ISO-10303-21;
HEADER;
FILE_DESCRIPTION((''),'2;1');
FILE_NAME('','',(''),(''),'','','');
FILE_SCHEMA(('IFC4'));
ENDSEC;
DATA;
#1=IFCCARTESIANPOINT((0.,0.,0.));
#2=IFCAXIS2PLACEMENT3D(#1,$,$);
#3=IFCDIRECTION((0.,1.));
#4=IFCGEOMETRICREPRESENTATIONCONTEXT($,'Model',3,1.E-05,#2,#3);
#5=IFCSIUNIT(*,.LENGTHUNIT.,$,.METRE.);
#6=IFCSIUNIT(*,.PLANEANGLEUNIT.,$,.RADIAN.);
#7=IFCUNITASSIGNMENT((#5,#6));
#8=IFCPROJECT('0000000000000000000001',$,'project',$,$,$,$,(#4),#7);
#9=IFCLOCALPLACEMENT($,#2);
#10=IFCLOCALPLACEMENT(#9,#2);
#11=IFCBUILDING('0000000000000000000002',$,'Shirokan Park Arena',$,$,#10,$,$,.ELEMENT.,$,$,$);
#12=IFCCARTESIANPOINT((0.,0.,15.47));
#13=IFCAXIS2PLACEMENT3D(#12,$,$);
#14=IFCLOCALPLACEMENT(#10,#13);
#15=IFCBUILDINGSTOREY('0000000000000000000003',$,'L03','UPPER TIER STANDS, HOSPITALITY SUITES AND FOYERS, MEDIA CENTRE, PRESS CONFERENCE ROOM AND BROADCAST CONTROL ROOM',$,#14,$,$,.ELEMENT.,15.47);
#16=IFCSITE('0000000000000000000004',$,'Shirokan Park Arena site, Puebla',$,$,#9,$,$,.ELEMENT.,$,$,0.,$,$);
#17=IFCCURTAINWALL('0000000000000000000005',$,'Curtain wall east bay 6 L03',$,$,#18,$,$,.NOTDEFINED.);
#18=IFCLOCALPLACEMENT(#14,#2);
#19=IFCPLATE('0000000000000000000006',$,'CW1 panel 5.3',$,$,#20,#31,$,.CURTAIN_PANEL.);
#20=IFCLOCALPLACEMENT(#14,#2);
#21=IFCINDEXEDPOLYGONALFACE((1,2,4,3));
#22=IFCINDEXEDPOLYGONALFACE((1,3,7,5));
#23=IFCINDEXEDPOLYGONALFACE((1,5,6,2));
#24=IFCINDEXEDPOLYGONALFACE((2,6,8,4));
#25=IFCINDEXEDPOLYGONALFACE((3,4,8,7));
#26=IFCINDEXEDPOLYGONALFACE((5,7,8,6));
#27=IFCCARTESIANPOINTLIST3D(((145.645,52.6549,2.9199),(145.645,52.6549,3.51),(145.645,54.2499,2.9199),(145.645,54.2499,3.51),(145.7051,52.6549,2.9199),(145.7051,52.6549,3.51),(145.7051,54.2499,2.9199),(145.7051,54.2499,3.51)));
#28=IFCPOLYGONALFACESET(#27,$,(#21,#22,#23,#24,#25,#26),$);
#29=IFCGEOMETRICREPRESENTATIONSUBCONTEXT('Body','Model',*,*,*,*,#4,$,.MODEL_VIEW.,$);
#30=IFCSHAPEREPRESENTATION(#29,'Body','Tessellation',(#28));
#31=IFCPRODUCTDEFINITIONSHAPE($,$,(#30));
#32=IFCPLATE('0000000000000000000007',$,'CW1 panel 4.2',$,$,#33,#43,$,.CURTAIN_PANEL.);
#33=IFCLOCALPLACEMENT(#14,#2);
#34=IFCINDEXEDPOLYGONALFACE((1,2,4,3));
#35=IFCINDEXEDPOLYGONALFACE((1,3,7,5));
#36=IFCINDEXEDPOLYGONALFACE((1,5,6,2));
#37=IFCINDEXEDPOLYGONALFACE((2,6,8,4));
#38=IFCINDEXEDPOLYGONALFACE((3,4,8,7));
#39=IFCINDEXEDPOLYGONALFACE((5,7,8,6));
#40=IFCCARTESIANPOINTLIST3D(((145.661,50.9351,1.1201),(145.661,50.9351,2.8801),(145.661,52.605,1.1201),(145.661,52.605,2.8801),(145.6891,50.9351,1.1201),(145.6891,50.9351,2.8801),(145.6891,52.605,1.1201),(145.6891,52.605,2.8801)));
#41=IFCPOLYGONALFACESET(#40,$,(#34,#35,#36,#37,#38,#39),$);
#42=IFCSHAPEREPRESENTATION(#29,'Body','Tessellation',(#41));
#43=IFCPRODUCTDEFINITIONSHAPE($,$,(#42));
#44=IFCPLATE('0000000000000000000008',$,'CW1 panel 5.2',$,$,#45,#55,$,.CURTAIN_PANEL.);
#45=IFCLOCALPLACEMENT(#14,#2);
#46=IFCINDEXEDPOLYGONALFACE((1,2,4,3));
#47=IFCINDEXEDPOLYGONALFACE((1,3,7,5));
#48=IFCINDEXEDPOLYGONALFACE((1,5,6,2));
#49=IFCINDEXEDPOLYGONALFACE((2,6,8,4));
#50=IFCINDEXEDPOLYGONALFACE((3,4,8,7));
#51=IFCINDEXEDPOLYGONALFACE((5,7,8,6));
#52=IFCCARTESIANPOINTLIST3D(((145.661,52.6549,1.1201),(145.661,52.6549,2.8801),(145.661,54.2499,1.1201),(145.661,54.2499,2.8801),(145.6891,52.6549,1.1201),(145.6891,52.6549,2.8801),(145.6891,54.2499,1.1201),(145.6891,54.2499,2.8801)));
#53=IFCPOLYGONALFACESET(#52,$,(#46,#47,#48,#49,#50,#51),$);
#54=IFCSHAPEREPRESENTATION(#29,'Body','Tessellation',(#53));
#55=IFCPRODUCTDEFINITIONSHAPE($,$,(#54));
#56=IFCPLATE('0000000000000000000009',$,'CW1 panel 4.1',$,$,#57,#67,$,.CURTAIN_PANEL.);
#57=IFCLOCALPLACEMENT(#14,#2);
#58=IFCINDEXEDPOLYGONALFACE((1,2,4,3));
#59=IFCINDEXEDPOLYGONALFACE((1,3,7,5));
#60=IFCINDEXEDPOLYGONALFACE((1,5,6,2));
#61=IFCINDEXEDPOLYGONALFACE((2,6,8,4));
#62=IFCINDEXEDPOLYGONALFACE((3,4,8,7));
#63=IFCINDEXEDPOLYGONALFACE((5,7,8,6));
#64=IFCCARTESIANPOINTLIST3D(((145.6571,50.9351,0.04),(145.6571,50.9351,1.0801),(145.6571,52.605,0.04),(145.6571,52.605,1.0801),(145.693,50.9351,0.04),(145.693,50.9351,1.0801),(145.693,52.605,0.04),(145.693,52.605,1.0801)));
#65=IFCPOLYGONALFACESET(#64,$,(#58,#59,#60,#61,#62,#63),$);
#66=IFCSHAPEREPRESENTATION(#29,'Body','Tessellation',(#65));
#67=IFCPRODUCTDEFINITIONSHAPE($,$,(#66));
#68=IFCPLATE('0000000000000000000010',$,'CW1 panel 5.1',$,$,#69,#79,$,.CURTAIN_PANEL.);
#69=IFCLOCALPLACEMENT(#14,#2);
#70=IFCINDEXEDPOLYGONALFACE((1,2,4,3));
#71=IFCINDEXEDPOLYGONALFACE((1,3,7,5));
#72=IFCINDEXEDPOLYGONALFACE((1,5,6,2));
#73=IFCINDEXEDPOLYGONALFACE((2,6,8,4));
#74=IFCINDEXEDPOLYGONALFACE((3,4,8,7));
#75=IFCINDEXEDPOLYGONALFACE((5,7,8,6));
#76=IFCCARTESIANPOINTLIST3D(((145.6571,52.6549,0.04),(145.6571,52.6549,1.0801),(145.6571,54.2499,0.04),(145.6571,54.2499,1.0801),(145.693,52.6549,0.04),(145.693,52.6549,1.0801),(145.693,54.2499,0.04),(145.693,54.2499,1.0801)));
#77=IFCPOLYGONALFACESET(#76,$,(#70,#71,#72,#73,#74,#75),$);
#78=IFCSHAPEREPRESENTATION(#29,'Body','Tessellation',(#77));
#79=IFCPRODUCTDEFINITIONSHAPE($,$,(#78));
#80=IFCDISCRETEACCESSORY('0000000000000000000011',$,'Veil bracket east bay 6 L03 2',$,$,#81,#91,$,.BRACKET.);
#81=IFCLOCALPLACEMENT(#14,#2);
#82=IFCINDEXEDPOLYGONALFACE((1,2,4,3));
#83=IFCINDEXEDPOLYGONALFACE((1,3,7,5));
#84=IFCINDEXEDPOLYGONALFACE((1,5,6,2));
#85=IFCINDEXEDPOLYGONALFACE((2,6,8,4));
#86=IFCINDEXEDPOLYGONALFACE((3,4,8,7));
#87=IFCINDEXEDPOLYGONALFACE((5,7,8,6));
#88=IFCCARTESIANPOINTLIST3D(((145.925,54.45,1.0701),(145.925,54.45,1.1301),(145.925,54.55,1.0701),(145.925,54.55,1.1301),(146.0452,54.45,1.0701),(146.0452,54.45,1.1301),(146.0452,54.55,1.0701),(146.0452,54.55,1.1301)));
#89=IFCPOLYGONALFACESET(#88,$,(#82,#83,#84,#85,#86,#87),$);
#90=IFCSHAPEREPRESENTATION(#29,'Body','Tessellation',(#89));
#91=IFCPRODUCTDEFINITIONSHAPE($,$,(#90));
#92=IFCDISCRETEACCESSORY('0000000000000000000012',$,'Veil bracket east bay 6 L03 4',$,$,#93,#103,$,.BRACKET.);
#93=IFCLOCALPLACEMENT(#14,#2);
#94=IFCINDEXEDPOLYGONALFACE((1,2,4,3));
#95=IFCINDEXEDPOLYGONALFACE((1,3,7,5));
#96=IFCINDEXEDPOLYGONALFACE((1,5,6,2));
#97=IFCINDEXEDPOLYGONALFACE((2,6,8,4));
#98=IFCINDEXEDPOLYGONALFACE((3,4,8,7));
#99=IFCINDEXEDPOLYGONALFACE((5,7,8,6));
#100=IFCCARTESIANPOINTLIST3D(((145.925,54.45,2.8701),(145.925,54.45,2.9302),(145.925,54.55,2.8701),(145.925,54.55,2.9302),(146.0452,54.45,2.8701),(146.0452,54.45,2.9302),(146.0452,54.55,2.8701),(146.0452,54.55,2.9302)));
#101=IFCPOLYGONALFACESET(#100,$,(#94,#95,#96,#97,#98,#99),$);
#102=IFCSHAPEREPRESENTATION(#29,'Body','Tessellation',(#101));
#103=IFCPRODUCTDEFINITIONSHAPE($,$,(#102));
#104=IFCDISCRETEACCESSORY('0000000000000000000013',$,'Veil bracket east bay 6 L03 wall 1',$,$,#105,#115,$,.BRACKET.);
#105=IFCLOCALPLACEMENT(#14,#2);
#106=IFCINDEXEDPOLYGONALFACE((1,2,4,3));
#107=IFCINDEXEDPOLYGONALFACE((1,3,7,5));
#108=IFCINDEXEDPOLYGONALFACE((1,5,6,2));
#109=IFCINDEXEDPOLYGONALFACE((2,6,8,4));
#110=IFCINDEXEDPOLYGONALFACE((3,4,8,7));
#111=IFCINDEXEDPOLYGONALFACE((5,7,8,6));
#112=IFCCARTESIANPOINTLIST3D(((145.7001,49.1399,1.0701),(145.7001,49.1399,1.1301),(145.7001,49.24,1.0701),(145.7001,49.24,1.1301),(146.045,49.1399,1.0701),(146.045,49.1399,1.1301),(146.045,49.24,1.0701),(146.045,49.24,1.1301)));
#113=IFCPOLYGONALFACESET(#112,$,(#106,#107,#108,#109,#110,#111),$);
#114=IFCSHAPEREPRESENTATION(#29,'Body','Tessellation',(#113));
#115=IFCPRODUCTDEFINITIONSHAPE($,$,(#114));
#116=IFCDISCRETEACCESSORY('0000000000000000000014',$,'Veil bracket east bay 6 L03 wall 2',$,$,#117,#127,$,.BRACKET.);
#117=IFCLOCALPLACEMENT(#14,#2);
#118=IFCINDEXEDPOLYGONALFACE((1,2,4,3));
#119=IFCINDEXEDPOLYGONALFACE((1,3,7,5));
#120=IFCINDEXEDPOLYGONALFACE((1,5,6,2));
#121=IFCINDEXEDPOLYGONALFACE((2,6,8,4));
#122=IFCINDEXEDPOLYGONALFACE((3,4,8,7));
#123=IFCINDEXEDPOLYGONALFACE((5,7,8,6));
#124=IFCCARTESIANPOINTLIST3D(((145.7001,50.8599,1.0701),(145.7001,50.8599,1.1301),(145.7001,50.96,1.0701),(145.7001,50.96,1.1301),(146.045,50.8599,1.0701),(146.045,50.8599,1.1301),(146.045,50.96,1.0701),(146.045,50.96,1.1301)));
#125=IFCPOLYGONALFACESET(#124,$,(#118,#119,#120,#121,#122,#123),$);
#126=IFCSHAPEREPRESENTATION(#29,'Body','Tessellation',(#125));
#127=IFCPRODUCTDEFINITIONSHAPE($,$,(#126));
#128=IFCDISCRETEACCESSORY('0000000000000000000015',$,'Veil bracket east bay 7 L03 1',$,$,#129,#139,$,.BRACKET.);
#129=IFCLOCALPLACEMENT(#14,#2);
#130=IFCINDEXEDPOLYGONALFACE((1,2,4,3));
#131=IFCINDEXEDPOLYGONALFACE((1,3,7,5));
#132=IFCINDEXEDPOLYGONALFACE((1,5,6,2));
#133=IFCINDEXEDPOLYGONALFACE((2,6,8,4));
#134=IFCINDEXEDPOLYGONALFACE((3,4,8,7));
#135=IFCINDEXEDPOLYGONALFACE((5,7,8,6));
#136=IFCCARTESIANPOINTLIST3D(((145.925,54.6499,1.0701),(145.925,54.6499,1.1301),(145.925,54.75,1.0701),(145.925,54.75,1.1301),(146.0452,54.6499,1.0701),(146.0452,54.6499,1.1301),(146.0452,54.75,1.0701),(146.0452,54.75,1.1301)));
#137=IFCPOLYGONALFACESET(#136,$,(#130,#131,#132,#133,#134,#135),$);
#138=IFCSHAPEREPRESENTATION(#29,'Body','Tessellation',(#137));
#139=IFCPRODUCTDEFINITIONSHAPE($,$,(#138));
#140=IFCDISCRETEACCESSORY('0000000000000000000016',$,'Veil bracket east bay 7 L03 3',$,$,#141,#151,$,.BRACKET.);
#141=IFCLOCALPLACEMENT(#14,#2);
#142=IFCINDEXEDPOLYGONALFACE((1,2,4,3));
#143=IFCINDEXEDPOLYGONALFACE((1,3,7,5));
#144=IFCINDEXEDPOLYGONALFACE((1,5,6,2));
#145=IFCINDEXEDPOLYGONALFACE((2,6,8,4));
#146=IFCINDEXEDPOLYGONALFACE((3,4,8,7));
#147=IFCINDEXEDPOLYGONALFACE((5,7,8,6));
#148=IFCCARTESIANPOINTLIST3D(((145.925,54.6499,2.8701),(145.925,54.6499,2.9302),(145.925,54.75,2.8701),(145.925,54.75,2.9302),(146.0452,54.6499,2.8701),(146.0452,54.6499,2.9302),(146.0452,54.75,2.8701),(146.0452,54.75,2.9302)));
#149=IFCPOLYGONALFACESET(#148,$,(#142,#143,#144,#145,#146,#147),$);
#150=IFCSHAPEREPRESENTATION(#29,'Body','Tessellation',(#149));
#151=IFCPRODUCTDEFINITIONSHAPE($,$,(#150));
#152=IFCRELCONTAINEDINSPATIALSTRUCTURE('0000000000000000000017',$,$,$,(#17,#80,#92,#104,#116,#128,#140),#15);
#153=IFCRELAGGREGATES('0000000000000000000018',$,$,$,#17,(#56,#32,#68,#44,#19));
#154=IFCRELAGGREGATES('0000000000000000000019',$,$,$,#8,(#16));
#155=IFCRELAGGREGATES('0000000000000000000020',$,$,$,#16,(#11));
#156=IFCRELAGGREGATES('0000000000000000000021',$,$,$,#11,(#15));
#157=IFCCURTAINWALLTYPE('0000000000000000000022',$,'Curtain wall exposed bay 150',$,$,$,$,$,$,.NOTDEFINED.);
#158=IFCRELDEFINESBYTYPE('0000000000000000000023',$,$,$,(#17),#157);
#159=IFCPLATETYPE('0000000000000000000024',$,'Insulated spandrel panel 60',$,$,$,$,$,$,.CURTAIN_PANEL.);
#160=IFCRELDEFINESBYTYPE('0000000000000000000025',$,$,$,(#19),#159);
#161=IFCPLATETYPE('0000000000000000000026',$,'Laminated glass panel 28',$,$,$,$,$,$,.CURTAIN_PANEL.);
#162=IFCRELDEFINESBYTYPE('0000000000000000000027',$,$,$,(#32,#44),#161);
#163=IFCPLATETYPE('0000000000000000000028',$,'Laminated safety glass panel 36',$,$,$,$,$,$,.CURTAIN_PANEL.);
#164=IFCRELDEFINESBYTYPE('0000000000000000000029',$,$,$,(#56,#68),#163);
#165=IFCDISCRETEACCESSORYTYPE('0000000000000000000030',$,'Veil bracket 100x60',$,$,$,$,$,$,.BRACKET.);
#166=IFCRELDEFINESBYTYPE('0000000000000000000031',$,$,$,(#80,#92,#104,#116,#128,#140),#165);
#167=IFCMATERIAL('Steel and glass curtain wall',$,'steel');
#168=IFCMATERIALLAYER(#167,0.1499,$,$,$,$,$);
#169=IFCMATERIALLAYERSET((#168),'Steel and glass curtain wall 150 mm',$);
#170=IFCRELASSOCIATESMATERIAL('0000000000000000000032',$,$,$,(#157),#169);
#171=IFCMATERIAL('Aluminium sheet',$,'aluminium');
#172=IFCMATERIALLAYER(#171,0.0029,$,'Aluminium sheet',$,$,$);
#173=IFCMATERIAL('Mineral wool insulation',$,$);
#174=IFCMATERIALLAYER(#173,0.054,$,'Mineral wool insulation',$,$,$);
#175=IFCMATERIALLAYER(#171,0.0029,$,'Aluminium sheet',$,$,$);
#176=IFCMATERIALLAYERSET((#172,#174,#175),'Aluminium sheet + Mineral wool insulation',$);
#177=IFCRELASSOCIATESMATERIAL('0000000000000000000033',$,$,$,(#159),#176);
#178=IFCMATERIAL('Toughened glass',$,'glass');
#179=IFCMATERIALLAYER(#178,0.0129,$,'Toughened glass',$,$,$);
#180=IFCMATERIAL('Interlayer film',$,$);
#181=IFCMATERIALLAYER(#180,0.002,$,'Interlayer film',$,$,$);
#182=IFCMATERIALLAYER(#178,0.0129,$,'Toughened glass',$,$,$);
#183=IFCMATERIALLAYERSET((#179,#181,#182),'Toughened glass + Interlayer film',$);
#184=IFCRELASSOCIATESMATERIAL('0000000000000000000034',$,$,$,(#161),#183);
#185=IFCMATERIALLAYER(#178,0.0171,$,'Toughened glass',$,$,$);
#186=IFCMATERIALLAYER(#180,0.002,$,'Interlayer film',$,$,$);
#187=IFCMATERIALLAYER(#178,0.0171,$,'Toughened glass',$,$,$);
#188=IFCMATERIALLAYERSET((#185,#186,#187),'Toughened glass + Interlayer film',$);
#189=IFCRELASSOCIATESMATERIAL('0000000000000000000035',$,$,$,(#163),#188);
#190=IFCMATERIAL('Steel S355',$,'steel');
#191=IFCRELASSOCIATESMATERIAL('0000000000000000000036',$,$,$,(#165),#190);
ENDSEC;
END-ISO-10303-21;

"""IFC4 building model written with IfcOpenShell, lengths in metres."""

from ifc_helpers import new_model, si_unit, direction, frame, origin, origin_2d, place, context, subcontext, project, spatial, rectangle, extrude, material, layer, layer_set, type_object, element, aggregate, save


model = new_model("IFC4")

# Units and contexts
model_context = context("Model", 3, precision=1e-05, world=origin(), true_north=direction((0.0, 1.0)))
body_context = subcontext(model_context, "Body", "Model", "MODEL_VIEW")
ifc_project = project(units=[si_unit("LENGTHUNIT", "METRE"), si_unit("PLANEANGLEUNIT", "RADIAN")], contexts=[model_context])

# Site, building, storey
site_placement = place(None, origin())
site = spatial("IfcSite", under=ifc_project, at=site_placement, Name="Shirokan Park Arena site, Puebla", CompositionType="ELEMENT", RefElevation=0.0)
building_placement = place(site_placement, origin())
building = spatial("IfcBuilding", under=site, at=building_placement, Name="Shirokan Park Arena", CompositionType="ELEMENT")
storey_placement = place(building_placement, frame((0.0, 0.0, 15.47)))
storey = spatial("IfcBuildingStorey", under=building, at=storey_placement, Name="L03", Description="UPPER TIER STANDS, HOSPITALITY SUITES AND FOYERS, MEDIA CENTRE, PRESS CONFERENCE ROOM AND BROADCAST CONTROL ROOM", CompositionType="ELEMENT", Elevation=15.47)

# Curtain wall
ifc_material_1 = material(Name="Steel and glass curtain wall", Category="steel")
ifc_layer_1 = layer(ifc_material_1, 0.1499)
ifc_layer_set_1 = layer_set([ifc_layer_1], Name="Steel and glass curtain wall 150 mm")
curtain_wall_type = type_object("IfcCurtainWallType", Name="Curtain wall exposed bay 150", PredefinedType="NOTDEFINED", material=ifc_layer_set_1)
curtain_wall_1_placement = place(storey_placement, origin())
curtain_wall_1 = element("IfcCurtainWall", 1, at=curtain_wall_1_placement, inside=storey, type_object=curtain_wall_type, Name="Curtain wall east bay 6 L03", PredefinedType="NOTDEFINED")
ifc_material_2 = material(Name="Steel S355", Category="steel")

# Plates
ifc_material_3 = material(Name="Aluminium sheet", Category="aluminium")
ifc_layer_2 = layer(ifc_material_3, 0.0029, Name="Aluminium sheet")
ifc_material_4 = material(Name="Mineral wool insulation")
ifc_layer_3 = layer(ifc_material_4, 0.054, Name="Mineral wool insulation")
ifc_layer_4 = layer(ifc_material_3, 0.0029, Name="Aluminium sheet")
ifc_layer_set_2 = layer_set([ifc_layer_2, ifc_layer_3, ifc_layer_4], Name="Aluminium sheet + Mineral wool insulation")
plate_type_1 = type_object("IfcPlateType", Name="Insulated spandrel panel 60", PredefinedType="CURTAIN_PANEL", material=ifc_layer_set_2)
plate_1_placement = place(storey_placement, frame((145.675, 53.4524, 2.9199), z_axis=(0.0, 0.0, 1.0), x_axis=(0.0, 1.0, 0.0)))
plate_1 = element("IfcPlate", 2, at=plate_1_placement, type_object=plate_type_1, Name="CW1 panel 5.3", PredefinedType="CURTAIN_PANEL", context=body_context, shape_type="SweptSolid", body=[
    extrude(rectangle(XDim=1.595, YDim=0.0601, at=origin_2d()), origin(), (0.0, 0.0, 1.0), 0.5901),
])
ifc_material_5 = material(Name="Toughened glass", Category="glass")
ifc_layer_5 = layer(ifc_material_5, 0.0129, Name="Toughened glass")
ifc_material_6 = material(Name="Interlayer film")
ifc_layer_6 = layer(ifc_material_6, 0.002, Name="Interlayer film")
ifc_layer_7 = layer(ifc_material_5, 0.0129, Name="Toughened glass")
ifc_layer_set_3 = layer_set([ifc_layer_5, ifc_layer_6, ifc_layer_7], Name="Toughened glass + Interlayer film")
plate_type_2 = type_object("IfcPlateType", Name="Laminated glass panel 28", PredefinedType="CURTAIN_PANEL", material=ifc_layer_set_3)
plate_2_placement = place(storey_placement, frame((145.675, 51.77, 1.1201), z_axis=(0.0, 0.0, 1.0), x_axis=(0.0, 1.0, 0.0)))
plate_2 = element("IfcPlate", 3, at=plate_2_placement, type_object=plate_type_2, Name="CW1 panel 4.2", PredefinedType="CURTAIN_PANEL", context=body_context, shape_type="SweptSolid", body=[
    extrude(rectangle(XDim=1.6699, YDim=0.0281, at=origin_2d()), origin(), (0.0, 0.0, 1.0), 1.76),
])
plate_3_placement = place(storey_placement, frame((145.675, 53.4524, 1.1201), z_axis=(0.0, 0.0, 1.0), x_axis=(0.0, 1.0, 0.0)))
plate_3 = element("IfcPlate", 4, at=plate_3_placement, type_object=plate_type_2, Name="CW1 panel 5.2", PredefinedType="CURTAIN_PANEL", context=body_context, shape_type="SweptSolid", body=[
    extrude(rectangle(XDim=1.595, YDim=0.0281, at=origin_2d()), origin(), (0.0, 0.0, 1.0), 1.76),
])
ifc_layer_8 = layer(ifc_material_5, 0.0171, Name="Toughened glass")
ifc_layer_9 = layer(ifc_material_6, 0.002, Name="Interlayer film")
ifc_layer_10 = layer(ifc_material_5, 0.0171, Name="Toughened glass")
ifc_layer_set_4 = layer_set([ifc_layer_8, ifc_layer_9, ifc_layer_10], Name="Toughened glass + Interlayer film")
plate_type_3 = type_object("IfcPlateType", Name="Laminated safety glass panel 36", PredefinedType="CURTAIN_PANEL", material=ifc_layer_set_4)
plate_4_placement = place(storey_placement, frame((145.675, 51.77, 0.04), z_axis=(0.0, 0.0, 1.0), x_axis=(0.0, 1.0, 0.0)))
plate_4 = element("IfcPlate", 5, at=plate_4_placement, type_object=plate_type_3, Name="CW1 panel 4.1", PredefinedType="CURTAIN_PANEL", context=body_context, shape_type="SweptSolid", body=[
    extrude(rectangle(XDim=1.6699, YDim=0.0359, at=origin_2d()), origin(), (0.0, 0.0, 1.0), 1.04),
])
plate_5_placement = place(storey_placement, frame((145.675, 53.4524, 0.04), z_axis=(0.0, 0.0, 1.0), x_axis=(0.0, 1.0, 0.0)))
plate_5 = element("IfcPlate", 6, at=plate_5_placement, type_object=plate_type_3, Name="CW1 panel 5.1", PredefinedType="CURTAIN_PANEL", context=body_context, shape_type="SweptSolid", body=[
    extrude(rectangle(XDim=1.595, YDim=0.0359, at=origin_2d()), origin(), (0.0, 0.0, 1.0), 1.04),
])
aggregate(curtain_wall_1, [plate_4, plate_2, plate_5, plate_3, plate_1])

# Discrete accessories
discrete_accessory_type = type_object("IfcDiscreteAccessoryType", Name="Veil bracket 100x60", PredefinedType="BRACKET", material=ifc_material_2)
for number, where, z_axis, x_axis, name in (
    (7, (145.9851, 54.5, 1.0701), (0.0, 0.0, 1.0), (0.0, 1.0, 0.0), "Veil bracket east bay 6 L03 2"),
    (8, (145.9851, 54.5, 2.8701), (0.0, 0.0, 1.0), (0.0, 1.0, 0.0), "Veil bracket east bay 6 L03 4"),
):
    element("IfcDiscreteAccessory", number, at=place(storey_placement, frame(where, z_axis=z_axis, x_axis=x_axis)), inside=storey, type_object=discrete_accessory_type, Name=name, PredefinedType="BRACKET", context=body_context, shape_type="SweptSolid", body=[
        extrude(rectangle(XDim=0.1001, YDim=0.1201, at=origin_2d()), origin(), (0.0, 0.0, 1.0), 0.0601),
    ])
for number, where, z_axis, x_axis, name in (
    (9, (145.8726, 49.1899, 1.0701), (0.0, 0.0, 1.0), (0.0, 1.0, 0.0), "Veil bracket east bay 6 L03 wall 1"),
    (10, (145.8726, 50.9099, 1.0701), (0.0, 0.0, 1.0), (0.0, 1.0, 0.0), "Veil bracket east bay 6 L03 wall 2"),
):
    element("IfcDiscreteAccessory", number, at=place(storey_placement, frame(where, z_axis=z_axis, x_axis=x_axis)), inside=storey, type_object=discrete_accessory_type, Name=name, PredefinedType="BRACKET", context=body_context, shape_type="SweptSolid", body=[
        extrude(rectangle(XDim=0.1001, YDim=0.345, at=origin_2d()), origin(), (0.0, 0.0, 1.0), 0.0601),
    ])
for number, where, z_axis, x_axis, name in (
    (11, (145.9851, 54.7, 1.0701), (0.0, 0.0, 1.0), (0.0, 1.0, 0.0), "Veil bracket east bay 7 L03 1"),
    (12, (145.9851, 54.7, 2.8701), (0.0, 0.0, 1.0), (0.0, 1.0, 0.0), "Veil bracket east bay 7 L03 3"),
):
    element("IfcDiscreteAccessory", number, at=place(storey_placement, frame(where, z_axis=z_axis, x_axis=x_axis)), inside=storey, type_object=discrete_accessory_type, Name=name, PredefinedType="BRACKET", context=body_context, shape_type="SweptSolid", body=[
        extrude(rectangle(XDim=0.1001, YDim=0.1201, at=origin_2d()), origin(), (0.0, 0.0, 1.0), 0.0601),
    ])

save(model, "model.ifc")
